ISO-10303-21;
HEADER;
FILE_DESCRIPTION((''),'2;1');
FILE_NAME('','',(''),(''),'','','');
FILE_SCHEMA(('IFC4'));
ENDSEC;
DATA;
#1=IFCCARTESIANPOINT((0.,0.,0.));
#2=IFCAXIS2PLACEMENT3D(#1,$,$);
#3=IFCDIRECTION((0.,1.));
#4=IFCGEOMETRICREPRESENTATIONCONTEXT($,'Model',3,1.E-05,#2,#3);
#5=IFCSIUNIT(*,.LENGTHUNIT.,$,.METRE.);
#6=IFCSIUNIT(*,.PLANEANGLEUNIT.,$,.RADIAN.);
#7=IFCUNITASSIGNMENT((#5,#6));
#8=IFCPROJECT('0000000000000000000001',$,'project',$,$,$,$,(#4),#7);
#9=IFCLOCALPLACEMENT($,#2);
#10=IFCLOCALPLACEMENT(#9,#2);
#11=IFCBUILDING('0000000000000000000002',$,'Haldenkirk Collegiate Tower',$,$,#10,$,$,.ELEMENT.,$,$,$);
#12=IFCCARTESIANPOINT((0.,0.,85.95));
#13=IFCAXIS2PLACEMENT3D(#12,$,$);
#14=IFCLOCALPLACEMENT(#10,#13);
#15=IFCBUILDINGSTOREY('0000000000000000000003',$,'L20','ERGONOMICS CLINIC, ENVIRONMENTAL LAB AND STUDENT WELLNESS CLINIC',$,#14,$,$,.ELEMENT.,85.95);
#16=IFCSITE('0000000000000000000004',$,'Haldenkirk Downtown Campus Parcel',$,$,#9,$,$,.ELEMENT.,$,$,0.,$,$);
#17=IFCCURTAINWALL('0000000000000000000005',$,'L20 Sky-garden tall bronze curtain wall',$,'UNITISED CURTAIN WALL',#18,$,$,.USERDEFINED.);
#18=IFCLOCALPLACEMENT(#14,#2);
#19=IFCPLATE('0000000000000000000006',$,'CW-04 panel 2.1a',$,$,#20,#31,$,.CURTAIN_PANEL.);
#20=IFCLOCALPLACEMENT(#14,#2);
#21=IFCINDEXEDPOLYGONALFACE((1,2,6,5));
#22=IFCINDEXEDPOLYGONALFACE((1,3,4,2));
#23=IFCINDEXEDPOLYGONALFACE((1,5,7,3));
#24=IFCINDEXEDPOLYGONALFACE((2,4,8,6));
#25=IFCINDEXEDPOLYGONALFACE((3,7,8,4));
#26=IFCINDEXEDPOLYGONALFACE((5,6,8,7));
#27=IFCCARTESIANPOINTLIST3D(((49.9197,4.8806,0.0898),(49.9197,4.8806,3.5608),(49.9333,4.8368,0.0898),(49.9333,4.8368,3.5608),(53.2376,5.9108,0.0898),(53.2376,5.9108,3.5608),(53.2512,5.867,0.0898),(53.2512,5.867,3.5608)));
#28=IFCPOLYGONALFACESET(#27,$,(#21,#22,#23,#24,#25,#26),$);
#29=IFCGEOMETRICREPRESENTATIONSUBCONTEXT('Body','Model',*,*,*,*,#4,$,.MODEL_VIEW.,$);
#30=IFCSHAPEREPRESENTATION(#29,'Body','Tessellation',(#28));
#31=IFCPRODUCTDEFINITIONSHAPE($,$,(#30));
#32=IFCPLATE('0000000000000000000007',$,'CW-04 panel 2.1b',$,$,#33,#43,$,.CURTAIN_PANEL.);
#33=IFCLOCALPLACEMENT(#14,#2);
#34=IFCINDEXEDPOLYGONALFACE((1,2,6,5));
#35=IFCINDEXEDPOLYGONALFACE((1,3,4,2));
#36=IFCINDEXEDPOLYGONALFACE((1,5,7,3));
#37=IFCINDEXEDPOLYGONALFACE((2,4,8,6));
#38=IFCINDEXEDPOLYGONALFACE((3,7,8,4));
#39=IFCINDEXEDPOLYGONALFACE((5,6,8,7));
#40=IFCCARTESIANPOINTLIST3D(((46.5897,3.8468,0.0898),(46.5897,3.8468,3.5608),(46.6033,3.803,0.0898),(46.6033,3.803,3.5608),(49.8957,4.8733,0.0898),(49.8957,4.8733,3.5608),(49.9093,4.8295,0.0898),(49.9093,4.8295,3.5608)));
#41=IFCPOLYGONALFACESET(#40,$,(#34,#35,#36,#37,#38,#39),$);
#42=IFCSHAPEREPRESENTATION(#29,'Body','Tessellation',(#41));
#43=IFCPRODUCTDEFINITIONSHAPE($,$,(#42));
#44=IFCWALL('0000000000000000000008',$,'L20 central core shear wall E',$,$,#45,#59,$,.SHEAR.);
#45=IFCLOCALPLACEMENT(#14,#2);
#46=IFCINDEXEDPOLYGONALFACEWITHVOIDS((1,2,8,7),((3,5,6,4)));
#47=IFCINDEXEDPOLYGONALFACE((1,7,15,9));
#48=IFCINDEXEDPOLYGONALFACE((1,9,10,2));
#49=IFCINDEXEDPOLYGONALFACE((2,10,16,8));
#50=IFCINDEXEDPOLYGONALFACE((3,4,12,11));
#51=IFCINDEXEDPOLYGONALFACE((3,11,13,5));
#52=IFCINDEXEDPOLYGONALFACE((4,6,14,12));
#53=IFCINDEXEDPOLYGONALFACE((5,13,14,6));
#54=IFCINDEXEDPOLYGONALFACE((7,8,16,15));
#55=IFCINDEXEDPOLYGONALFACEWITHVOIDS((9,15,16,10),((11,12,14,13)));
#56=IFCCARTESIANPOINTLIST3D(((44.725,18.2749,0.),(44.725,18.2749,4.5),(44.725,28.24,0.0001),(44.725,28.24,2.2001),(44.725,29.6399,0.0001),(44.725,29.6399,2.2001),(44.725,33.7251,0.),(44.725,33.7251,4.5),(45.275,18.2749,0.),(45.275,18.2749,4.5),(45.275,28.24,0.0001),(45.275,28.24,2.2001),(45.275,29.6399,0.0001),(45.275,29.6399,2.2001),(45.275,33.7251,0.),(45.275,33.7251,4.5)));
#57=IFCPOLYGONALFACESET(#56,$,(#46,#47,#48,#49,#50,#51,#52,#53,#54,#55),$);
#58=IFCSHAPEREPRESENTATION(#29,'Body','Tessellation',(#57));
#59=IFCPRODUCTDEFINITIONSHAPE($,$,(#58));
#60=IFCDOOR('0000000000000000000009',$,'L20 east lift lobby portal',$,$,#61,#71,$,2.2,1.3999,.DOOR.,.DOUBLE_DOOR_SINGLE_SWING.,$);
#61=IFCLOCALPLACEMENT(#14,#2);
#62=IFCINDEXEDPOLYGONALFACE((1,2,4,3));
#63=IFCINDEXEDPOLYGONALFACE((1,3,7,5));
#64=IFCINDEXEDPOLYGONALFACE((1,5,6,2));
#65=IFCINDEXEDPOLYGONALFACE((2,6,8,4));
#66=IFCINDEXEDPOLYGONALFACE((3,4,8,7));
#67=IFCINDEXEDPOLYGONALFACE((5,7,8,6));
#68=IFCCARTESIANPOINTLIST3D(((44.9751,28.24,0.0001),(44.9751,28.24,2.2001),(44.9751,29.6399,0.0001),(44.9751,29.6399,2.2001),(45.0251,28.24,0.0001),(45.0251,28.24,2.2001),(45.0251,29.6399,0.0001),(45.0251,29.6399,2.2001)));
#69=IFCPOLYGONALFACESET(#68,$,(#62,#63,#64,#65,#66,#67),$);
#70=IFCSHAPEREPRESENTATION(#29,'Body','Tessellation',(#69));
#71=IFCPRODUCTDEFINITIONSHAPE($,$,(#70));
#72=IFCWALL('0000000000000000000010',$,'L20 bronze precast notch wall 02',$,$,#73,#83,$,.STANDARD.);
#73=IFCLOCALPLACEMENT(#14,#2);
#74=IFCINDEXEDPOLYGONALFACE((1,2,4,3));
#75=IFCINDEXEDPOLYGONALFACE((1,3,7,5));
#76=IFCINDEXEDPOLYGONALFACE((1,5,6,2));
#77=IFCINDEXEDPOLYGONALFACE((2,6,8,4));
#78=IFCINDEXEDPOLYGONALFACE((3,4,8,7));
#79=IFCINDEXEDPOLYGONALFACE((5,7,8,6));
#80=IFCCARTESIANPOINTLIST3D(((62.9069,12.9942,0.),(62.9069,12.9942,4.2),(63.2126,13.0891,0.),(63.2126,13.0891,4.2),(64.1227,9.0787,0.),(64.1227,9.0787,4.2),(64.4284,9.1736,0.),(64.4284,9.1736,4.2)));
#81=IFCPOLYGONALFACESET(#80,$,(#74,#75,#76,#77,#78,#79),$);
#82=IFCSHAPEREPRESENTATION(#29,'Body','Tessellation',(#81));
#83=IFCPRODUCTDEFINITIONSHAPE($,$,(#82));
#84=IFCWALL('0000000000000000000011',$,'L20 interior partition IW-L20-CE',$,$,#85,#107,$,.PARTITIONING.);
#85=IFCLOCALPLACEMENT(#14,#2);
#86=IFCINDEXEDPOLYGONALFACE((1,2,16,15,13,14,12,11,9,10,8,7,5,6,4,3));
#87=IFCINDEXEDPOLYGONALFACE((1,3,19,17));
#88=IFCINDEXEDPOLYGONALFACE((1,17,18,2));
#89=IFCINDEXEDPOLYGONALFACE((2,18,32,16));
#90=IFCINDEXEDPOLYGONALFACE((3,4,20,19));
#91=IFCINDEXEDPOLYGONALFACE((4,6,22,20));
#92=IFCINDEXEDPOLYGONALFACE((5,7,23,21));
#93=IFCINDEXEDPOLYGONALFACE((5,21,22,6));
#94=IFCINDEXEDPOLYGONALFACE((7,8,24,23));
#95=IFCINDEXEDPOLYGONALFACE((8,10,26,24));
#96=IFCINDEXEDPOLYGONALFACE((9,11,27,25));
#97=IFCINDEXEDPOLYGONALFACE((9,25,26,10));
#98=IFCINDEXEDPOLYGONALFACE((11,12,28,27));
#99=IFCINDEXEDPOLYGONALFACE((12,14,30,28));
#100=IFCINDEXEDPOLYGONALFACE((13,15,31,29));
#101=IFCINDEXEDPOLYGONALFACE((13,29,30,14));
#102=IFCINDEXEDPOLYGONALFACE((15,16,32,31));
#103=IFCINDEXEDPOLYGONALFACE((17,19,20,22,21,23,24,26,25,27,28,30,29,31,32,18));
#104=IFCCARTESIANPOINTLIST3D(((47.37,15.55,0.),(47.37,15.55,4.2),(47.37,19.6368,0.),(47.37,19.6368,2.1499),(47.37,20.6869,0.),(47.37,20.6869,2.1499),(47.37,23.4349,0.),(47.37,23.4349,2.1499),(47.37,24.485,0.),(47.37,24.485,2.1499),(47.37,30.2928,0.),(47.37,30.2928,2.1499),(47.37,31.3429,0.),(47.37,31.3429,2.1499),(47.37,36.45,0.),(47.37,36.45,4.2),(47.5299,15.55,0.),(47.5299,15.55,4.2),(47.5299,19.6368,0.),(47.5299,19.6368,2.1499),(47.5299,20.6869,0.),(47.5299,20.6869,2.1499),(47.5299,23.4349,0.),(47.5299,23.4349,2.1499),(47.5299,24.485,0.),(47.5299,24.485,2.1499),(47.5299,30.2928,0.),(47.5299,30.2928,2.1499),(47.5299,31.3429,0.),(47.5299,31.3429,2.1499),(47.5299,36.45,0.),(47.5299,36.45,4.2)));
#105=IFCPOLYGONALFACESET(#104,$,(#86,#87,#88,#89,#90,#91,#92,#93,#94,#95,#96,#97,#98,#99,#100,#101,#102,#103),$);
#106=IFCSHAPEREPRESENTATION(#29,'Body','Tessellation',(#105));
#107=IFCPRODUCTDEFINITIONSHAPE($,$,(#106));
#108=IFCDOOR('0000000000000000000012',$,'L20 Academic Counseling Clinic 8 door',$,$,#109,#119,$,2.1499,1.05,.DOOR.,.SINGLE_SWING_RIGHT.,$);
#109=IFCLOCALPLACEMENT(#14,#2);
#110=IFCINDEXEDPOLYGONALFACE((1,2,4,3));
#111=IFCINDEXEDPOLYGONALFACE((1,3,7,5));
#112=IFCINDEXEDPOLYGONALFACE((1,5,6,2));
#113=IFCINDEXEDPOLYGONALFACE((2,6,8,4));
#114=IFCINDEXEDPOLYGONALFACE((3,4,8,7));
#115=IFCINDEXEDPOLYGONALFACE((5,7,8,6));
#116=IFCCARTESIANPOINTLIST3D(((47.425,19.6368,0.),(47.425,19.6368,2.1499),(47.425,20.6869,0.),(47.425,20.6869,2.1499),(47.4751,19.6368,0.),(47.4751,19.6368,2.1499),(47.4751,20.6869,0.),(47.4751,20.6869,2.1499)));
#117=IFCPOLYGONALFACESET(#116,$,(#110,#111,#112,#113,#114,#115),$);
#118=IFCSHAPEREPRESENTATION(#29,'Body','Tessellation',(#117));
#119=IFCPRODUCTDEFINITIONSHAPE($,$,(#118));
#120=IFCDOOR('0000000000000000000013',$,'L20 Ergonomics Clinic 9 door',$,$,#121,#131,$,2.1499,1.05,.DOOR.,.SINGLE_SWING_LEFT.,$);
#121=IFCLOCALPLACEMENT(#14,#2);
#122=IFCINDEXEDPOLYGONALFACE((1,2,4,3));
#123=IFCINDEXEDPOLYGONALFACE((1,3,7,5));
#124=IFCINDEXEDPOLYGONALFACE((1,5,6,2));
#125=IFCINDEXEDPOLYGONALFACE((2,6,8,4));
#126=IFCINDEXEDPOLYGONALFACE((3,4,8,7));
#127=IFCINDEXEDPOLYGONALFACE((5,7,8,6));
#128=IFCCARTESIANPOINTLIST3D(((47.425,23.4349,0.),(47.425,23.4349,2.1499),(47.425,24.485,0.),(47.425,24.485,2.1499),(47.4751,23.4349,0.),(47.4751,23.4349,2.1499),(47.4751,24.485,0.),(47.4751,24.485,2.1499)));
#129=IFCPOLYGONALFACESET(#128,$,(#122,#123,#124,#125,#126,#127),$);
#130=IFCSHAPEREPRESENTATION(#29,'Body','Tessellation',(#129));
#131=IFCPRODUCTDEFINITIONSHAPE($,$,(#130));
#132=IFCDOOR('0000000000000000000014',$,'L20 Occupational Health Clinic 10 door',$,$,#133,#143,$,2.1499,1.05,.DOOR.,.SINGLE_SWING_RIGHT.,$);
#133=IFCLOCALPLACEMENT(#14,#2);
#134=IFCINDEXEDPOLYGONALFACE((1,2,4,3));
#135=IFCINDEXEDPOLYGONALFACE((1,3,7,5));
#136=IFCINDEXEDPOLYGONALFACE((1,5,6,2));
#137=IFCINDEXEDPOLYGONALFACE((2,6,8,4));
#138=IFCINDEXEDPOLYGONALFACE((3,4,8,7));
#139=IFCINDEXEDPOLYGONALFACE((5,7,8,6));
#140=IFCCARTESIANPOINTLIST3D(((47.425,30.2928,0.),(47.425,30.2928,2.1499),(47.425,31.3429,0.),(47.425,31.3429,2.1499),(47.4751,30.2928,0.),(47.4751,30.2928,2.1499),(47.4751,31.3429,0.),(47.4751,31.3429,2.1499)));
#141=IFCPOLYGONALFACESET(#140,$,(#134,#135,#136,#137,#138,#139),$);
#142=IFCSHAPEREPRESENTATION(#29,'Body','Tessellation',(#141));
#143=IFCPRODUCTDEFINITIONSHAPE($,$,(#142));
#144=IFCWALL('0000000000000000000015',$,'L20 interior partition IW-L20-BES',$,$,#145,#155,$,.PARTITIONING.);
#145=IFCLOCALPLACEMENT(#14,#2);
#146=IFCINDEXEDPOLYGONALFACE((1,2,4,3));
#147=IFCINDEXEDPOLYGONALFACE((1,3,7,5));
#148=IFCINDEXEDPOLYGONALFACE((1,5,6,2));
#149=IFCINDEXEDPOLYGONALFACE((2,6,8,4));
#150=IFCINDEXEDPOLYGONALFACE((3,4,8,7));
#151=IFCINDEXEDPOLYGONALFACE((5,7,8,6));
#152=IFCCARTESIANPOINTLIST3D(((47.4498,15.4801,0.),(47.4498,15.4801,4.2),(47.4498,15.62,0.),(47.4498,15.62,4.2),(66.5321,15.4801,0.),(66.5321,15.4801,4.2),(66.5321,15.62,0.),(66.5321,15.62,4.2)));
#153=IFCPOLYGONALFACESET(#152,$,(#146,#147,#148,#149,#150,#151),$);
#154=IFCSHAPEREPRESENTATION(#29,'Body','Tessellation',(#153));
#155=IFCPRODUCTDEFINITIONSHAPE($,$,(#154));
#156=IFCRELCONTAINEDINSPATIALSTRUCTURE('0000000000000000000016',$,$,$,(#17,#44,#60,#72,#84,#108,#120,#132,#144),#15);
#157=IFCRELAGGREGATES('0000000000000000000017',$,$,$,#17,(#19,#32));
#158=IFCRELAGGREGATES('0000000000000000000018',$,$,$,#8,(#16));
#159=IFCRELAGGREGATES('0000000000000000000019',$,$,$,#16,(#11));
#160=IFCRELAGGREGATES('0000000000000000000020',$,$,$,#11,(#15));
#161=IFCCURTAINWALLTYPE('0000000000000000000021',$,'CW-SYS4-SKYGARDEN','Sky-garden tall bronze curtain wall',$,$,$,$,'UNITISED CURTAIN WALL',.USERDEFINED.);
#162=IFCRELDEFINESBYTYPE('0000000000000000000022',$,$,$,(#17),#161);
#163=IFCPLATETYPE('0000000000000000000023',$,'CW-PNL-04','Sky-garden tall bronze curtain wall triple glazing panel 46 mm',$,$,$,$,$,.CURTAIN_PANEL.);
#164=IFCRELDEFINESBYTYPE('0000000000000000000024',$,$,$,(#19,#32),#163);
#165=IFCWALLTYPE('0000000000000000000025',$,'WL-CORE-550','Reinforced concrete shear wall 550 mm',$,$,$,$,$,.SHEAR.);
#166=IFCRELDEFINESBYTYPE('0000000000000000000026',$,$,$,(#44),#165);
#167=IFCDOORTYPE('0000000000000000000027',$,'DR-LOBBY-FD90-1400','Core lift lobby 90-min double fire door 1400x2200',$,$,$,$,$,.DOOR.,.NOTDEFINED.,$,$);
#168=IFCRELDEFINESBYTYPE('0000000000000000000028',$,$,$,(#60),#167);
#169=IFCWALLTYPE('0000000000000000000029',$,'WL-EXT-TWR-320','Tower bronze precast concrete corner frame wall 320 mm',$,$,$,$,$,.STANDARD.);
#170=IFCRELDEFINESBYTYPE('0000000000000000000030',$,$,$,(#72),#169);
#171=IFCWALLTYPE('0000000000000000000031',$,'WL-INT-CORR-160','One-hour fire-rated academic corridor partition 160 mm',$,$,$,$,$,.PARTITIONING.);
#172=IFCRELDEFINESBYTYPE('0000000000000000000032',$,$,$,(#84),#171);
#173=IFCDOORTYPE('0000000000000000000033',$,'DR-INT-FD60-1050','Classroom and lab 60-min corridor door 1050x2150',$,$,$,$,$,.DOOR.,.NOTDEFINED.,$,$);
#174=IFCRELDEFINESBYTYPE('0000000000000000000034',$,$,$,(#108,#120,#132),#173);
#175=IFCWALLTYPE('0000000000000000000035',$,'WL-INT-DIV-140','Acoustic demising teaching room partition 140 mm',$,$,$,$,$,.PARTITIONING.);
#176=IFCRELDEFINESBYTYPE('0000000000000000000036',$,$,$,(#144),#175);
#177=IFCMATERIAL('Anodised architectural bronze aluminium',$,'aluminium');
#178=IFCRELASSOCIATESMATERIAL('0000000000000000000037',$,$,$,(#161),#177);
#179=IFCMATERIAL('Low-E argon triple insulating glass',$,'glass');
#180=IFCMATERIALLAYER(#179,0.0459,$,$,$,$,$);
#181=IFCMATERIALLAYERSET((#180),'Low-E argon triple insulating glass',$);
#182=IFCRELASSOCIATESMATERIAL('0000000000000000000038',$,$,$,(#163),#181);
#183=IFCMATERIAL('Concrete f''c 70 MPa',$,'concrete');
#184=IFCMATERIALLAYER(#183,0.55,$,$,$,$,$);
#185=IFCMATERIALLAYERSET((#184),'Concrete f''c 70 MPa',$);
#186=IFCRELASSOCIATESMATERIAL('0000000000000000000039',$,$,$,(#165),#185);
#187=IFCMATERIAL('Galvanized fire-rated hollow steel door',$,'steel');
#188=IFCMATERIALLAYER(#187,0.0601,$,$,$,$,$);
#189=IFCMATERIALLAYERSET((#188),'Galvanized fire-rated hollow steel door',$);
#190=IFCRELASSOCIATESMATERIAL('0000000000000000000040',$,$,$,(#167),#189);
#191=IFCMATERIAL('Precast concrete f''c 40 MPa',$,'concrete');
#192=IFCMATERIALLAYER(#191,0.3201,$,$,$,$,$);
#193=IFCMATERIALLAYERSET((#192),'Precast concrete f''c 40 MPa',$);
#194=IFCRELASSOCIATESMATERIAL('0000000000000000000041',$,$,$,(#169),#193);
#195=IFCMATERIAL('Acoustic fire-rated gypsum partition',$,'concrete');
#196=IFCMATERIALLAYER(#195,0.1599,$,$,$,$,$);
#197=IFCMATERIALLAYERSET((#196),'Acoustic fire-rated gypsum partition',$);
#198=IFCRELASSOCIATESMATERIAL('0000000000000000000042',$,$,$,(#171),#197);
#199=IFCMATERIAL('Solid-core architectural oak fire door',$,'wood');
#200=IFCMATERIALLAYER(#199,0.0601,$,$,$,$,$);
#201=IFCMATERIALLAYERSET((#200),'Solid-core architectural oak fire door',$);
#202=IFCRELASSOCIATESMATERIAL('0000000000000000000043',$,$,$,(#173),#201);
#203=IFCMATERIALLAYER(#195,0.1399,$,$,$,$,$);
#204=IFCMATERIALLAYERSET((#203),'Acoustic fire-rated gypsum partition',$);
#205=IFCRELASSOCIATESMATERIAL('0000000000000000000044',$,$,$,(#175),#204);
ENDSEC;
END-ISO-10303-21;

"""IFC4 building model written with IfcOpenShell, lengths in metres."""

from ifc_helpers import new_model, si_unit, direction, frame, frame_2d, origin, origin_2d, place, context, subcontext, project, spatial, rectangle, extrude, source, transform, mapped, material, layer, layer_set, type_object, element, fill, aggregate, save


model = new_model("IFC4")

# Units and contexts
model_context = context("Model", 3, precision=1e-05, world=origin(), true_north=direction((0.0, 1.0)))
body_context = subcontext(model_context, "Body", "Model", "MODEL_VIEW")
ifc_project = project(units=[si_unit("LENGTHUNIT", "METRE"), si_unit("PLANEANGLEUNIT", "RADIAN")], contexts=[model_context])

# Site, building, storey
site_placement = place(None, origin())
site = spatial("IfcSite", under=ifc_project, at=site_placement, Name="Haldenkirk Downtown Campus Parcel", CompositionType="ELEMENT", RefElevation=0.0)
building_placement = place(site_placement, origin())
building = spatial("IfcBuilding", under=site, at=building_placement, Name="Haldenkirk Collegiate Tower", CompositionType="ELEMENT")
storey_placement = place(building_placement, frame((0.0, 0.0, 85.95)))
storey = spatial("IfcBuildingStorey", under=building, at=storey_placement, Name="L20", Description="ERGONOMICS CLINIC, ENVIRONMENTAL LAB AND STUDENT WELLNESS CLINIC", CompositionType="ELEMENT", Elevation=85.95)

# Curtain wall, plates
ifc_material_1 = material(Name="Anodised architectural bronze aluminium", Category="aluminium")
curtain_wall_type = type_object("IfcCurtainWallType", Name="CW-SYS4-SKYGARDEN", Description="Sky-garden tall bronze curtain wall", ElementType="UNITISED CURTAIN WALL", PredefinedType="USERDEFINED", material=ifc_material_1)
curtain_wall_placement = place(storey_placement, origin())
curtain_wall = element("IfcCurtainWall", 1, at=curtain_wall_placement, inside=storey, type_object=curtain_wall_type, Name="L20 Sky-garden tall bronze curtain wall", ObjectType="UNITISED CURTAIN WALL", PredefinedType="USERDEFINED")
ifc_material_2 = material(Name="Low-E argon triple insulating glass", Category="glass")
ifc_layer_1 = layer(ifc_material_2, 0.0459)
ifc_layer_set_1 = layer_set([ifc_layer_1], Name="Low-E argon triple insulating glass")
plate_type = type_object("IfcPlateType", Name="CW-PNL-04", Description="Sky-garden tall bronze curtain wall triple glazing panel 46 mm", PredefinedType="CURTAIN_PANEL", material=ifc_layer_set_1)
shared_shape_1 = source(origin(), body_context, "Body", "SweptSolid", [
    extrude(rectangle(XDim=3.4741, YDim=0.0459, at=origin_2d()), origin(), (0.0, 0.0, 1.0), 3.4709),
])
plate_1_placement = place(storey_placement, frame((51.5854, 5.3738, 0.0898), z_axis=(0.0, 0.0, 1.0), x_axis=(-0.95502, -0.29654, 0.0)))
plate_1 = element("IfcPlate", 2, at=plate_1_placement, type_object=plate_type, Name="CW-04 panel 2.1a", PredefinedType="CURTAIN_PANEL", context=body_context, shape_type="MappedRepresentation", body=[
    mapped(shared_shape_1, transform((0.0, 0.0, 0.0), x_axis=(1.0, 0.0, 0.0), y_axis=(0.0, 1.0, 0.0), z_axis=(0.0, 0.0, 1.0), scale=1.0)),
])
shared_shape_2 = source(origin(), body_context, "Body", "SweptSolid", [
    extrude(rectangle(XDim=3.4617, YDim=0.0459, at=origin_2d()), origin(), (0.0, 0.0, 1.0), 3.4709),
])
plate_2_placement = place(storey_placement, frame((48.2495, 4.3381, 0.0898), z_axis=(0.0, 0.0, 1.0), x_axis=(-0.95502, -0.29654, 0.0)))
plate_2 = element("IfcPlate", 3, at=plate_2_placement, type_object=plate_type, Name="CW-04 panel 2.1b", PredefinedType="CURTAIN_PANEL", context=body_context, shape_type="MappedRepresentation", body=[
    mapped(shared_shape_2, transform((0.0, 0.0, 0.0), x_axis=(1.0, 0.0, 0.0), y_axis=(0.0, 1.0, 0.0), z_axis=(0.0, 0.0, 1.0), scale=1.0)),
])
aggregate(curtain_wall, [plate_1, plate_2])

# Wall, opening, door
ifc_material_3 = material(Name="Concrete f'c 70 MPa", Category="concrete")
ifc_layer_2 = layer(ifc_material_3, 0.55)
ifc_layer_set_2 = layer_set([ifc_layer_2], Name="Concrete f'c 70 MPa")
wall_type_1 = type_object("IfcWallType", Name="WL-CORE-550", Description="Reinforced concrete shear wall 550 mm", PredefinedType="SHEAR", material=ifc_layer_set_2)
wall_1_placement = place(storey_placement, frame((45.0, 18.2749, 0.0), z_axis=(0.0, 0.0, 1.0), x_axis=(0.0, 1.0, 0.0)))
wall_1 = element("IfcWall", 4, at=wall_1_placement, inside=storey, type_object=wall_type_1, Name="L20 central core shear wall E", PredefinedType="SHEAR", context=body_context, shape_type="SweptSolid", body=[
    extrude(rectangle(XDim=15.4502, YDim=0.55, at=frame_2d((7.7251, 0.0))), origin(), (0.0, 0.0, 1.0), 4.5),
])
opening_1_placement = place(wall_1_placement, frame((9.9651, 0.0, 0.0)))
opening_1 = element("IfcOpeningElement", 5, at=opening_1_placement, cuts=wall_1, PredefinedType="OPENING", context=body_context, shape_type="SweptSolid", body=[
    extrude(rectangle(XDim=1.3999, YDim=2.2, at=frame_2d((0.7, 1.1001))), frame((0.0, 0.2849, 0.0), z_axis=(0.0, -1.0, 0.0), x_axis=(1.0, 0.0, 0.0)), (0.0, 0.0, 1.0), 0.5701),
])
ifc_material_4 = material(Name="Galvanized fire-rated hollow steel door", Category="steel")
ifc_layer_3 = layer(ifc_material_4, 0.0601)
ifc_layer_set_3 = layer_set([ifc_layer_3], Name="Galvanized fire-rated hollow steel door")
door_type_1 = type_object("IfcDoorType", Name="DR-LOBBY-FD90-1400", Description="Core lift lobby 90-min double fire door 1400x2200", OperationType="NOTDEFINED", PredefinedType="DOOR", material=ifc_layer_set_3)
door_1_placement = place(opening_1_placement, origin())
door_1 = element("IfcDoor", 6, at=door_1_placement, inside=storey, type_object=door_type_1, Name="L20 east lift lobby portal", OperationType="DOUBLE_DOOR_SINGLE_SWING", OverallHeight=2.2, OverallWidth=1.3999, PredefinedType="DOOR", context=body_context, shape_type="SweptSolid", body=[
    extrude(rectangle(XDim=1.3999, YDim=2.2, at=frame_2d((0.7, 1.1001))), frame((0.0, 0.0249, 0.0), z_axis=(0.0, -1.0, 0.0), x_axis=(1.0, 0.0, 0.0)), (0.0, 0.0, 1.0), 0.05),
])
fill(opening_1, door_1)

# Wall
ifc_material_5 = material(Name="Precast concrete f'c 40 MPa", Category="concrete")
ifc_layer_4 = layer(ifc_material_5, 0.3201)
ifc_layer_set_4 = layer_set([ifc_layer_4], Name="Precast concrete f'c 40 MPa")
wall_type_2 = type_object("IfcWallType", Name="WL-EXT-TWR-320", Description="Tower bronze precast concrete corner frame wall 320 mm", PredefinedType="STANDARD", material=ifc_layer_set_4)
wall_2_placement = place(storey_placement, frame((63.0598, 13.0415, 0.0), z_axis=(0.0, 0.0, 1.0), x_axis=(0.296545, -0.955019, 0.0)))
element("IfcWall", 7, at=wall_2_placement, inside=storey, type_object=wall_type_2, Name="L20 bronze precast notch wall 02", PredefinedType="STANDARD", context=body_context, shape_type="SweptSolid", body=[
    extrude(rectangle(XDim=4.0999, YDim=0.3201, at=frame_2d((2.0498, 0.0))), origin(), (0.0, 0.0, 1.0), 4.2),
])

# Wall, openings, doors
ifc_material_6 = material(Name="Acoustic fire-rated gypsum partition", Category="concrete")
ifc_layer_5 = layer(ifc_material_6, 0.1599)
ifc_layer_set_5 = layer_set([ifc_layer_5], Name="Acoustic fire-rated gypsum partition")
wall_type_3 = type_object("IfcWallType", Name="WL-INT-CORR-160", Description="One-hour fire-rated academic corridor partition 160 mm", PredefinedType="PARTITIONING", material=ifc_layer_set_5)
wall_3_placement = place(storey_placement, frame((47.45, 15.55, 0.0), z_axis=(0.0, 0.0, 1.0), x_axis=(0.0, 1.0, 0.0)))
wall_3 = element("IfcWall", 8, at=wall_3_placement, inside=storey, type_object=wall_type_3, Name="L20 interior partition IW-L20-CE", PredefinedType="PARTITIONING", context=body_context, shape_type="SweptSolid", body=[
    extrude(rectangle(XDim=20.8999, YDim=0.1599, at=frame_2d((10.45, 0.0))), origin(), (0.0, 0.0, 1.0), 4.2),
])
opening_2_placement = place(wall_3_placement, frame((4.0869, 0.0, 0.0)))
opening_2 = element("IfcOpeningElement", 9, at=opening_2_placement, cuts=wall_3, PredefinedType="OPENING", context=body_context, shape_type="SweptSolid", body=[
    extrude(rectangle(XDim=1.05, YDim=2.1499, at=frame_2d((0.5249, 1.075))), frame((0.0, 0.0898, 0.0), z_axis=(0.0, -1.0, 0.0), x_axis=(1.0, 0.0, 0.0)), (0.0, 0.0, 1.0), 0.1799),
])
opening_3_placement = place(wall_3_placement, frame((7.885, 0.0, 0.0)))
opening_3 = element("IfcOpeningElement", 10, at=opening_3_placement, cuts=wall_3, PredefinedType="OPENING", context=body_context, shape_type="SweptSolid", body=[
    extrude(rectangle(XDim=1.05, YDim=2.1499, at=frame_2d((0.5249, 1.075))), frame((0.0, 0.0898, 0.0), z_axis=(0.0, -1.0, 0.0), x_axis=(1.0, 0.0, 0.0)), (0.0, 0.0, 1.0), 0.1799),
])
opening_4_placement = place(wall_3_placement, frame((14.7429, 0.0, 0.0)))
opening_4 = element("IfcOpeningElement", 11, at=opening_4_placement, cuts=wall_3, PredefinedType="OPENING", context=body_context, shape_type="SweptSolid", body=[
    extrude(rectangle(XDim=1.05, YDim=2.1499, at=frame_2d((0.5249, 1.075))), frame((0.0, 0.0898, 0.0), z_axis=(0.0, -1.0, 0.0), x_axis=(1.0, 0.0, 0.0)), (0.0, 0.0, 1.0), 0.1799),
])
ifc_material_7 = material(Name="Solid-core architectural oak fire door", Category="wood")
ifc_layer_6 = layer(ifc_material_7, 0.0601)
ifc_layer_set_6 = layer_set([ifc_layer_6], Name="Solid-core architectural oak fire door")
door_type_2 = type_object("IfcDoorType", Name="DR-INT-FD60-1050", Description="Classroom and lab 60-min corridor door 1050x2150", OperationType="NOTDEFINED", PredefinedType="DOOR", material=ifc_layer_set_6)
door_2_placement = place(opening_2_placement, origin())
door_2 = element("IfcDoor", 12, at=door_2_placement, inside=storey, type_object=door_type_2, Name="L20 Academic Counseling Clinic 8 door", OperationType="SINGLE_SWING_RIGHT", OverallHeight=2.1499, OverallWidth=1.05, PredefinedType="DOOR", context=body_context, shape_type="SweptSolid", body=[
    extrude(rectangle(XDim=1.05, YDim=2.1499, at=frame_2d((0.5249, 1.075))), frame((0.0, 0.0249, 0.0), z_axis=(0.0, -1.0, 0.0), x_axis=(1.0, 0.0, 0.0)), (0.0, 0.0, 1.0), 0.05),
])
fill(opening_2, door_2)
door_3_placement = place(opening_3_placement, origin())
door_3 = element("IfcDoor", 13, at=door_3_placement, inside=storey, type_object=door_type_2, Name="L20 Ergonomics Clinic 9 door", OperationType="SINGLE_SWING_LEFT", OverallHeight=2.1499, OverallWidth=1.05, PredefinedType="DOOR", context=body_context, shape_type="SweptSolid", body=[
    extrude(rectangle(XDim=1.05, YDim=2.1499, at=frame_2d((0.5249, 1.075))), frame((0.0, 0.0249, 0.0), z_axis=(0.0, -1.0, 0.0), x_axis=(1.0, 0.0, 0.0)), (0.0, 0.0, 1.0), 0.05),
])
fill(opening_3, door_3)
door_4_placement = place(opening_4_placement, origin())
door_4 = element("IfcDoor", 14, at=door_4_placement, inside=storey, type_object=door_type_2, Name="L20 Occupational Health Clinic 10 door", OperationType="SINGLE_SWING_RIGHT", OverallHeight=2.1499, OverallWidth=1.05, PredefinedType="DOOR", context=body_context, shape_type="SweptSolid", body=[
    extrude(rectangle(XDim=1.05, YDim=2.1499, at=frame_2d((0.5249, 1.075))), frame((0.0, 0.0249, 0.0), z_axis=(0.0, -1.0, 0.0), x_axis=(1.0, 0.0, 0.0)), (0.0, 0.0, 1.0), 0.05),
])
fill(opening_4, door_4)

# Wall
ifc_layer_7 = layer(ifc_material_6, 0.1399)
ifc_layer_set_7 = layer_set([ifc_layer_7], Name="Acoustic fire-rated gypsum partition")
wall_type_4 = type_object("IfcWallType", Name="WL-INT-DIV-140", Description="Acoustic demising teaching room partition 140 mm", PredefinedType="PARTITIONING", material=ifc_layer_set_7)
wall_4_placement = place(storey_placement, frame((47.45, 15.55, 0.0), z_axis=(0.0, 0.0, 1.0), x_axis=(1.0, 0.0, 0.0)))
element("IfcWall", 15, at=wall_4_placement, inside=storey, type_object=wall_type_4, Name="L20 interior partition IW-L20-BES", PredefinedType="PARTITIONING", context=body_context, shape_type="SweptSolid", body=[
    extrude(rectangle(XDim=19.0823, YDim=0.1399, at=frame_2d((9.541, 0.0))), origin(), (0.0, 0.0, 1.0), 4.2),
])

save(model, "model.ifc")
